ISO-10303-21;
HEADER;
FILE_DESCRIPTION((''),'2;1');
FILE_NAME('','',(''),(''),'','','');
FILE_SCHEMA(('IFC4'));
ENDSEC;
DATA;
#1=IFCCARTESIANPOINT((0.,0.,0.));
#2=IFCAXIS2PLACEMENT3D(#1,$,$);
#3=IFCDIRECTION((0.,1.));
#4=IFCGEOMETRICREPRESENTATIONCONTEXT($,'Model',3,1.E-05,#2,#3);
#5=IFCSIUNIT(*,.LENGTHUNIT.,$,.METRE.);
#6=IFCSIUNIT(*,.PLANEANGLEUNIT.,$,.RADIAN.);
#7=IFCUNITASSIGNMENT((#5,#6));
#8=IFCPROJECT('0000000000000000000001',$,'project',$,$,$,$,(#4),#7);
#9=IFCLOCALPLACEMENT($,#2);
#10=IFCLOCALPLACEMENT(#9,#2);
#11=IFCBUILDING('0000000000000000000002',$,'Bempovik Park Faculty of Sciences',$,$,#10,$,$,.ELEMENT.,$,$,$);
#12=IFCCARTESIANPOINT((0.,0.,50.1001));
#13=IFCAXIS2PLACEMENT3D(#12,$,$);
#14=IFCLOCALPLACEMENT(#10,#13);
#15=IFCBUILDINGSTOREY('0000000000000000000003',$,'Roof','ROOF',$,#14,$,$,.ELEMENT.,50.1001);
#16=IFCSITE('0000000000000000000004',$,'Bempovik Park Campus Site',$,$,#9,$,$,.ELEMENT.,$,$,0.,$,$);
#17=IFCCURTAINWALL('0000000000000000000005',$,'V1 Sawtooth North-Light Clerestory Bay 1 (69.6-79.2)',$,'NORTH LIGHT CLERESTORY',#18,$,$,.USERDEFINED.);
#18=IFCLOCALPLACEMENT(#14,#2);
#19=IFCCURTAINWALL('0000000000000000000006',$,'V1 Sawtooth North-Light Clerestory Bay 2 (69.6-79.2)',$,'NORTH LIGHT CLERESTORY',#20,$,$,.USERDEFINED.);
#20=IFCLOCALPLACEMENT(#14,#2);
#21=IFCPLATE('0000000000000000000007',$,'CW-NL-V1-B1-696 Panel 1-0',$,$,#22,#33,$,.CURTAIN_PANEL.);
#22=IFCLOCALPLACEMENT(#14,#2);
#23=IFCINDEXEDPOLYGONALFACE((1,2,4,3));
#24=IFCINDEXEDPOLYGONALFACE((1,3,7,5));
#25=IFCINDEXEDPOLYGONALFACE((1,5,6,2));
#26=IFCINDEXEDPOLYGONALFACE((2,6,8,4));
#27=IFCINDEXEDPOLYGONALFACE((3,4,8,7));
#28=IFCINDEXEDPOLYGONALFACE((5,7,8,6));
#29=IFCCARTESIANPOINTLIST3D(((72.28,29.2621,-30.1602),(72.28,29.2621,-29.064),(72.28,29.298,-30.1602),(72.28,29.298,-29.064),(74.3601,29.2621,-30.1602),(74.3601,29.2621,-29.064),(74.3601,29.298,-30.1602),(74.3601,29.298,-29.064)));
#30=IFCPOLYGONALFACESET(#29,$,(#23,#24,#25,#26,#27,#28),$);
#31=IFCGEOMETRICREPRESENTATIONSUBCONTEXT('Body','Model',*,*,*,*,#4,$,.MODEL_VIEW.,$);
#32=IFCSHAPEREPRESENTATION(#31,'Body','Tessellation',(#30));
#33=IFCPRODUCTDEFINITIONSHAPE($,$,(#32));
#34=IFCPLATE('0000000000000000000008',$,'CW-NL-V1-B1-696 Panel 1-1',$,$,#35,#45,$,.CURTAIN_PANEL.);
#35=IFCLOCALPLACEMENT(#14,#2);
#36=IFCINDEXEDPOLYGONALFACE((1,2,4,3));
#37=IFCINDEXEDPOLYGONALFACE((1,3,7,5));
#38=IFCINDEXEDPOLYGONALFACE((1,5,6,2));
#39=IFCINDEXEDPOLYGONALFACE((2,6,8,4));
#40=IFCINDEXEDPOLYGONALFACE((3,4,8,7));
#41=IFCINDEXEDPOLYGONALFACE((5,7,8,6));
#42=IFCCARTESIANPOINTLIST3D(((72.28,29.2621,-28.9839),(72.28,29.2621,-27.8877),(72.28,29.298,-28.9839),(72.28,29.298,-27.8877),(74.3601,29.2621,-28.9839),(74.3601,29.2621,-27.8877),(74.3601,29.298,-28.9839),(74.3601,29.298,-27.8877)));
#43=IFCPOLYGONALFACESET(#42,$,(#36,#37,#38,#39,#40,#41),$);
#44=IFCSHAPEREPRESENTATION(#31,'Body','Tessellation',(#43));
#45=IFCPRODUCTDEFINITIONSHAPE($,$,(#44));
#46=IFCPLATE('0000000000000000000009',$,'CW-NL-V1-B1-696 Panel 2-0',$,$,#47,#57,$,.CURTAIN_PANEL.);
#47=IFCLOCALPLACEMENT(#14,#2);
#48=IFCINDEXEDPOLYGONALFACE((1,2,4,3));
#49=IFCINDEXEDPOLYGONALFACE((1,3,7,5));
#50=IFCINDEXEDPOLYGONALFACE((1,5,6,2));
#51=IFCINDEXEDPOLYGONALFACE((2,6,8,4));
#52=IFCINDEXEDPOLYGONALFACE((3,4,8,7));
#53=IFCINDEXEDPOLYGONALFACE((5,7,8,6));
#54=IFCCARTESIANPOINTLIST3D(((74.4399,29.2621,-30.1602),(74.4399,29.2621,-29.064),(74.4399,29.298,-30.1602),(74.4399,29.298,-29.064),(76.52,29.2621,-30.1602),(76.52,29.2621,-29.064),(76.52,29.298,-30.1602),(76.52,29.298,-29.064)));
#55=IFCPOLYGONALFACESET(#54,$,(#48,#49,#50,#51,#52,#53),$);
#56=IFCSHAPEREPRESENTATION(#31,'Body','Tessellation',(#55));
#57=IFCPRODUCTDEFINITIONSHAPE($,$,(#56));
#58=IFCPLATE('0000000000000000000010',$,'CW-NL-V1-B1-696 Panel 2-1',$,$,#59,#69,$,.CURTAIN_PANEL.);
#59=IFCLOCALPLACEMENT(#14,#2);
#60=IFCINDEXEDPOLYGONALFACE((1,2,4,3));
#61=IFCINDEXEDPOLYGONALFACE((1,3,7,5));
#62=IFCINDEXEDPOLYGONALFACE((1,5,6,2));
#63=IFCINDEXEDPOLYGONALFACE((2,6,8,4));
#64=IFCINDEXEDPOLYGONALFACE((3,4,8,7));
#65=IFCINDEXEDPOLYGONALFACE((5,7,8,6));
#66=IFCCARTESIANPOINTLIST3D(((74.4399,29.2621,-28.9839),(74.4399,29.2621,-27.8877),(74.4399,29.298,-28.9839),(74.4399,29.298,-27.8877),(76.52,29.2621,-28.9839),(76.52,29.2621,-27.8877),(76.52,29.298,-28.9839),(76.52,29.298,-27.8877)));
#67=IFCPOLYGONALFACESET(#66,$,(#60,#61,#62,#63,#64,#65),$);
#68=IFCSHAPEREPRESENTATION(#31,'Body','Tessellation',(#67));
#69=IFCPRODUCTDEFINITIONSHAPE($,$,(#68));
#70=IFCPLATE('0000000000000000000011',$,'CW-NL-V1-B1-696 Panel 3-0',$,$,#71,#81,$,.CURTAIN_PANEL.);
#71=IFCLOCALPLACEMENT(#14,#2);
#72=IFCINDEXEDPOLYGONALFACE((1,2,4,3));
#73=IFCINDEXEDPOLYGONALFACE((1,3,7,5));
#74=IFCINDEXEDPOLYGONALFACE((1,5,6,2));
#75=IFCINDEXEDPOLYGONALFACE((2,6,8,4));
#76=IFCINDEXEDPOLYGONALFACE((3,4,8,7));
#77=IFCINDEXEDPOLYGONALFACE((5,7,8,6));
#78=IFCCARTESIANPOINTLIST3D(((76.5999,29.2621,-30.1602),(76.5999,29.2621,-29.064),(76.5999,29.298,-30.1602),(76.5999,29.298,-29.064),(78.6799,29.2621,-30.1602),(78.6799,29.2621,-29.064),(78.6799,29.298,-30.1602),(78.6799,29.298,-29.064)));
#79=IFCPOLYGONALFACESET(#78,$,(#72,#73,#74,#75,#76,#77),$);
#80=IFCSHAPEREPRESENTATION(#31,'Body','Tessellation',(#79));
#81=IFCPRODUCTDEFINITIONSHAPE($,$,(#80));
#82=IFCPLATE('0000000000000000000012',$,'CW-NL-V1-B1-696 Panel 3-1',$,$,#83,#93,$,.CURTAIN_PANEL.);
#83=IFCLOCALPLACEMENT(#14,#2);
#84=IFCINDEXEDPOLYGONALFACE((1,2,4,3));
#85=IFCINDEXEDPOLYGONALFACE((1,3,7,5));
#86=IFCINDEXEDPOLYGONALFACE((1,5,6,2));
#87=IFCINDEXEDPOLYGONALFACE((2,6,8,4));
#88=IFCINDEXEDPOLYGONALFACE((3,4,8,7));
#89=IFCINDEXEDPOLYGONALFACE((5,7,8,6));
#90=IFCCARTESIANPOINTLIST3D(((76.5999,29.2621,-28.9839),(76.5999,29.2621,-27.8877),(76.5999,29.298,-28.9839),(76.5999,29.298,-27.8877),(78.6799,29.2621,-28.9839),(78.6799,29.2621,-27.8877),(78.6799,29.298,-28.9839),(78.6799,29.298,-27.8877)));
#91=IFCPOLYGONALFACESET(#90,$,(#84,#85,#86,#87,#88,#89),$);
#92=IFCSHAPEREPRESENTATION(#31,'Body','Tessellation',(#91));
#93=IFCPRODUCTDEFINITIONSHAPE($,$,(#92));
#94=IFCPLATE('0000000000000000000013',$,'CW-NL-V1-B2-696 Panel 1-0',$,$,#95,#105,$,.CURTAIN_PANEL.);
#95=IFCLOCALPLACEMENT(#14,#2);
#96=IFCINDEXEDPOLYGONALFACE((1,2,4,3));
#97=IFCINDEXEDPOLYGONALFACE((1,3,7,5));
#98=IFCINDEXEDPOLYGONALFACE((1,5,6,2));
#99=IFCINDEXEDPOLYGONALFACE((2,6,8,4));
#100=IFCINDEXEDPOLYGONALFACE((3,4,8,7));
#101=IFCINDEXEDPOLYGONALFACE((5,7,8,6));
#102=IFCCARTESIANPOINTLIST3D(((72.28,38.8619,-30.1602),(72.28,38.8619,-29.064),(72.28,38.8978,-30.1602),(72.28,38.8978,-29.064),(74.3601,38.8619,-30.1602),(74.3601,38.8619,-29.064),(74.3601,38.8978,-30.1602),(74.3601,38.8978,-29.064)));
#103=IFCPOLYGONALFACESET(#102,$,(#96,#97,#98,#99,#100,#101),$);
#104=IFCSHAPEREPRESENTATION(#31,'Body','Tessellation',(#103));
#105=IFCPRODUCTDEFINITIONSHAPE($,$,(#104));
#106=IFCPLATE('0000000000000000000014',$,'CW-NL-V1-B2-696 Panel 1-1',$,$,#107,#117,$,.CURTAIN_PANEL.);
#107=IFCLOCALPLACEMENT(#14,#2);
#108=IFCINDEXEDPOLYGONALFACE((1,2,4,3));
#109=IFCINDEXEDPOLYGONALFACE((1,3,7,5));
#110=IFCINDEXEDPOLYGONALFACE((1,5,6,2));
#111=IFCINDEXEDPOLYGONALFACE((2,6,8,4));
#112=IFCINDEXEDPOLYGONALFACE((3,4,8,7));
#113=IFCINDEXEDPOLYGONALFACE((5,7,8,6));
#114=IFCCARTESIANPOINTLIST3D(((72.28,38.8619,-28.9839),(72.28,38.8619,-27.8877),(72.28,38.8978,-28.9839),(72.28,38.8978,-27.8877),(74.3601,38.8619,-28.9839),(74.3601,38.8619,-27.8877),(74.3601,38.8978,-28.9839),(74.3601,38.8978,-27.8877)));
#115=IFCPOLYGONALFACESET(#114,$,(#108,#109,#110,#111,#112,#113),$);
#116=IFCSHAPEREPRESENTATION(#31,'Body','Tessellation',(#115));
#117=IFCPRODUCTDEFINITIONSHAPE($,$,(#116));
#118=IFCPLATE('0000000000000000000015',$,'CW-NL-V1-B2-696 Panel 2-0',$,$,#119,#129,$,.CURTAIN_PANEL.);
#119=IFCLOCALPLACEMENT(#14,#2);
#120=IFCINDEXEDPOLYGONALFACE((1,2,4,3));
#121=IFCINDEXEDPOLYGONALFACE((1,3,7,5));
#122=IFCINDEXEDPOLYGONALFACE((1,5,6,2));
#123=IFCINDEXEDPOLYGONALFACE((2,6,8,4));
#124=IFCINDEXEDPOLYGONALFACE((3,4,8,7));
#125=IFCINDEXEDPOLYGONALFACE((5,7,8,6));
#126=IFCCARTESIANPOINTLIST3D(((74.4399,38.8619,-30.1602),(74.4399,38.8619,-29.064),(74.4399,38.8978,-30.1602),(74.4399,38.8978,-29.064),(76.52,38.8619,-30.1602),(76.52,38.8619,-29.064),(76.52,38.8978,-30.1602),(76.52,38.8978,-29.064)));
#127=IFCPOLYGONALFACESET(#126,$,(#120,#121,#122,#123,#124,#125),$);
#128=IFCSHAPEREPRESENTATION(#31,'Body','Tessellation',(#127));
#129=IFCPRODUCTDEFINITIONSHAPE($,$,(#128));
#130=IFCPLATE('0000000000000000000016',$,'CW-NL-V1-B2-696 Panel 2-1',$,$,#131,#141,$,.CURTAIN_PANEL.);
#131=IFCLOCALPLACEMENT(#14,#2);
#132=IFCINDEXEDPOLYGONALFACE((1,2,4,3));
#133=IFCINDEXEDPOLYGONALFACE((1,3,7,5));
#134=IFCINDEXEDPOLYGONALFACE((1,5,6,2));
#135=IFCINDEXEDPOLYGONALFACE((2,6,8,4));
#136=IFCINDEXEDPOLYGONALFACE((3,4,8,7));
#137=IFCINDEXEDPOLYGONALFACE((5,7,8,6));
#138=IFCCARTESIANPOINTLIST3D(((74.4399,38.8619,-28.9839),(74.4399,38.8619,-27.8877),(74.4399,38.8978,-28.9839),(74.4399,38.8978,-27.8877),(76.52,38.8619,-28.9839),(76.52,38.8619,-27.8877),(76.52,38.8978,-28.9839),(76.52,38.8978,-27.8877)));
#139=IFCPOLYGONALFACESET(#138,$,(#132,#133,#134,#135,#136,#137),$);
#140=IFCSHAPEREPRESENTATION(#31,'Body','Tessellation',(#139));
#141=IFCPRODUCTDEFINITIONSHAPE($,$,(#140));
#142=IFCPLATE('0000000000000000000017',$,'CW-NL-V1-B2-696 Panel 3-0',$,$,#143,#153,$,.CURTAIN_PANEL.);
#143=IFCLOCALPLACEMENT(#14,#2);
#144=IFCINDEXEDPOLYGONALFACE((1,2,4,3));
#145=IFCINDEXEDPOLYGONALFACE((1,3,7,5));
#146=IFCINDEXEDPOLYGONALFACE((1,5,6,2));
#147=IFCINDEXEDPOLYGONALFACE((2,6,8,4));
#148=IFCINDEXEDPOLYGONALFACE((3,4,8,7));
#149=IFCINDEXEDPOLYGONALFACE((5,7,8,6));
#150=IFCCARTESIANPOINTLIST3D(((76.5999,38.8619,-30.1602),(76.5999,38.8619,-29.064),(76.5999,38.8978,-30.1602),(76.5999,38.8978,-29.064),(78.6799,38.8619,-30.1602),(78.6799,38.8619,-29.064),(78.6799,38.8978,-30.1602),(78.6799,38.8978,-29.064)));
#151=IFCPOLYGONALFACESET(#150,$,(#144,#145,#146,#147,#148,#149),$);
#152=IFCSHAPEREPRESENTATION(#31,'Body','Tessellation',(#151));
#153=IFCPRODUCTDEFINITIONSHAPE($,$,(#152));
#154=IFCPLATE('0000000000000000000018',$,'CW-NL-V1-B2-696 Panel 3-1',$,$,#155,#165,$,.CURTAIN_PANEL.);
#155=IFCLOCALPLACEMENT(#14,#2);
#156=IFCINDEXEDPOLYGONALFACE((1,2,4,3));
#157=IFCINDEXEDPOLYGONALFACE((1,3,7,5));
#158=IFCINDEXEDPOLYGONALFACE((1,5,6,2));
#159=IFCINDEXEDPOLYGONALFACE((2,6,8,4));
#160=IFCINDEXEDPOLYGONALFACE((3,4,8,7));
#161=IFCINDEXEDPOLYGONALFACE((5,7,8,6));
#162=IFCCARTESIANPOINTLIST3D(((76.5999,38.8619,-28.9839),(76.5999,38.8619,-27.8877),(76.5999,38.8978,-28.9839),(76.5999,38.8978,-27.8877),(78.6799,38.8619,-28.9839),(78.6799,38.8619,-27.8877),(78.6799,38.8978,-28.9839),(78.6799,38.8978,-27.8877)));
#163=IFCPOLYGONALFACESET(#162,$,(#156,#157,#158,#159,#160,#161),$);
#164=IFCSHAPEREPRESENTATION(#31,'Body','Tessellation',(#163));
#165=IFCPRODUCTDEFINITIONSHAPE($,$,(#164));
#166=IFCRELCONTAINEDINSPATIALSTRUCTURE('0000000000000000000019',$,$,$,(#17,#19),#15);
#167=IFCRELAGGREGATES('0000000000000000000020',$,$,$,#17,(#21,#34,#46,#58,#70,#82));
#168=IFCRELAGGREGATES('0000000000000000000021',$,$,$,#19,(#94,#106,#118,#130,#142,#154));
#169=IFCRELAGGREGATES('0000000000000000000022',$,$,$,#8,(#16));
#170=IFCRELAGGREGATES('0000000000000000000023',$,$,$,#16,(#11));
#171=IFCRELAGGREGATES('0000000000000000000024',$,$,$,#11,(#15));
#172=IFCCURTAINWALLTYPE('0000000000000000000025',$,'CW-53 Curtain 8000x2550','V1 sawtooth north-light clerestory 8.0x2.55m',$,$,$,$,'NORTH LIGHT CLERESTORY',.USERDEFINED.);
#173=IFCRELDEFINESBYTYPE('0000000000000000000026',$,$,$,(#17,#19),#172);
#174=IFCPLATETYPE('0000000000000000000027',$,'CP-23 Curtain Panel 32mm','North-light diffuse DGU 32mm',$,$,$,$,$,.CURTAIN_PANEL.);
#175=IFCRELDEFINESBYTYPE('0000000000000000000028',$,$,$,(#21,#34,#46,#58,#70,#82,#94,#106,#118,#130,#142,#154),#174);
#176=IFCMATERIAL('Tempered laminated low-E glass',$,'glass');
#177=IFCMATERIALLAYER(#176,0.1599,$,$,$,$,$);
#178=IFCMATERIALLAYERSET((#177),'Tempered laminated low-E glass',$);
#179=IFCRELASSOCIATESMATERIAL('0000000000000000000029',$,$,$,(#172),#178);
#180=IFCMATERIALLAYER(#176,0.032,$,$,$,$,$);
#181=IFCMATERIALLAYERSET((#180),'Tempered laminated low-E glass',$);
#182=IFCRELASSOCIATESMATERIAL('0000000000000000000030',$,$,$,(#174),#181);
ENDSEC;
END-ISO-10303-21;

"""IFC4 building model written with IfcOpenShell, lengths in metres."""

from ifc_helpers import new_model, si_unit, direction, frame, origin, origin_2d, place, context, subcontext, project, spatial, rectangle, extrude, material, layer, layer_set, type_object, element, aggregate, save


model = new_model("IFC4")

# Units and contexts
model_context = context("Model", 3, precision=1e-05, world=origin(), true_north=direction((0.0, 1.0)))
body_context = subcontext(model_context, "Body", "Model", "MODEL_VIEW")
ifc_project = project(units=[si_unit("LENGTHUNIT", "METRE"), si_unit("PLANEANGLEUNIT", "RADIAN")], contexts=[model_context])

# Site, building, storey
site_placement = place(None, origin())
site = spatial("IfcSite", under=ifc_project, at=site_placement, Name="Bempovik Park Campus Site", CompositionType="ELEMENT", RefElevation=0.0)
building_placement = place(site_placement, origin())
building = spatial("IfcBuilding", under=site, at=building_placement, Name="Bempovik Park Faculty of Sciences", CompositionType="ELEMENT")
storey_placement = place(building_placement, frame((0.0, 0.0, 50.1001)))
storey = spatial("IfcBuildingStorey", under=building, at=storey_placement, Name="Roof", Description="ROOF", CompositionType="ELEMENT", Elevation=50.1001)

# Curtain wall
ifc_material_1 = material(Name="Tempered laminated low-E glass", Category="glass")
ifc_layer_1 = layer(ifc_material_1, 0.1599)
ifc_layer_set_1 = layer_set([ifc_layer_1], Name="Tempered laminated low-E glass")
curtain_wall_type = type_object("IfcCurtainWallType", Name="CW-53 Curtain 8000x2550", Description="V1 sawtooth north-light clerestory 8.0x2.55m", ElementType="NORTH LIGHT CLERESTORY", PredefinedType="USERDEFINED", material=ifc_layer_set_1)
curtain_wall_1_placement = place(storey_placement, origin())
curtain_wall_1 = element("IfcCurtainWall", 1, at=curtain_wall_1_placement, inside=storey, type_object=curtain_wall_type, Name="V1 Sawtooth North-Light Clerestory Bay 1 (69.6-79.2)", ObjectType="NORTH LIGHT CLERESTORY", PredefinedType="USERDEFINED")

# Curtain wall
curtain_wall_2_placement = place(storey_placement, origin())
curtain_wall_2 = element("IfcCurtainWall", 2, at=curtain_wall_2_placement, inside=storey, type_object=curtain_wall_type, Name="V1 Sawtooth North-Light Clerestory Bay 2 (69.6-79.2)", ObjectType="NORTH LIGHT CLERESTORY", PredefinedType="USERDEFINED")

# Plates
ifc_layer_2 = layer(ifc_material_1, 0.032)
ifc_layer_set_2 = layer_set([ifc_layer_2], Name="Tempered laminated low-E glass")
plate_type = type_object("IfcPlateType", Name="CP-23 Curtain Panel 32mm", Description="North-light diffuse DGU 32mm", PredefinedType="CURTAIN_PANEL", material=ifc_layer_set_2)
plate_1_placement = place(storey_placement, frame((73.3201, 29.28, -30.1602), z_axis=(0.0, 0.0, 1.0), x_axis=(1.0, 0.0, 0.0)))
plate_1 = element("IfcPlate", 3, at=plate_1_placement, type_object=plate_type, Name="CW-NL-V1-B1-696 Panel 1-0", PredefinedType="CURTAIN_PANEL", context=body_context, shape_type="SweptSolid", body=[
    extrude(rectangle(XDim=2.0801, YDim=0.0359, at=origin_2d()), origin(), (0.0, 0.0, 1.0), 1.0962),
])
plate_2_placement = place(storey_placement, frame((73.3201, 29.28, -28.9839), z_axis=(0.0, 0.0, 1.0), x_axis=(1.0, 0.0, 0.0)))
plate_2 = element("IfcPlate", 4, at=plate_2_placement, type_object=plate_type, Name="CW-NL-V1-B1-696 Panel 1-1", PredefinedType="CURTAIN_PANEL", context=body_context, shape_type="SweptSolid", body=[
    extrude(rectangle(XDim=2.0801, YDim=0.0359, at=origin_2d()), origin(), (0.0, 0.0, 1.0), 1.0962),
])
plate_3_placement = place(storey_placement, frame((75.48, 29.28, -30.1602), z_axis=(0.0, 0.0, 1.0), x_axis=(1.0, 0.0, 0.0)))
plate_3 = element("IfcPlate", 5, at=plate_3_placement, type_object=plate_type, Name="CW-NL-V1-B1-696 Panel 2-0", PredefinedType="CURTAIN_PANEL", context=body_context, shape_type="SweptSolid", body=[
    extrude(rectangle(XDim=2.0801, YDim=0.0359, at=origin_2d()), origin(), (0.0, 0.0, 1.0), 1.0962),
])
plate_4_placement = place(storey_placement, frame((75.48, 29.28, -28.9839), z_axis=(0.0, 0.0, 1.0), x_axis=(1.0, 0.0, 0.0)))
plate_4 = element("IfcPlate", 6, at=plate_4_placement, type_object=plate_type, Name="CW-NL-V1-B1-696 Panel 2-1", PredefinedType="CURTAIN_PANEL", context=body_context, shape_type="SweptSolid", body=[
    extrude(rectangle(XDim=2.0801, YDim=0.0359, at=origin_2d()), origin(), (0.0, 0.0, 1.0), 1.0962),
])
plate_5_placement = place(storey_placement, frame((77.6399, 29.28, -30.1602), z_axis=(0.0, 0.0, 1.0), x_axis=(1.0, 0.0, 0.0)))
plate_5 = element("IfcPlate", 7, at=plate_5_placement, type_object=plate_type, Name="CW-NL-V1-B1-696 Panel 3-0", PredefinedType="CURTAIN_PANEL", context=body_context, shape_type="SweptSolid", body=[
    extrude(rectangle(XDim=2.0801, YDim=0.0359, at=origin_2d()), origin(), (0.0, 0.0, 1.0), 1.0962),
])
plate_6_placement = place(storey_placement, frame((77.6399, 29.28, -28.9839), z_axis=(0.0, 0.0, 1.0), x_axis=(1.0, 0.0, 0.0)))
plate_6 = element("IfcPlate", 8, at=plate_6_placement, type_object=plate_type, Name="CW-NL-V1-B1-696 Panel 3-1", PredefinedType="CURTAIN_PANEL", context=body_context, shape_type="SweptSolid", body=[
    extrude(rectangle(XDim=2.0801, YDim=0.0359, at=origin_2d()), origin(), (0.0, 0.0, 1.0), 1.0962),
])
aggregate(curtain_wall_1, [plate_1, plate_2, plate_3, plate_4, plate_5, plate_6])
plate_7_placement = place(storey_placement, frame((73.3201, 38.8799, -30.1602), z_axis=(0.0, 0.0, 1.0), x_axis=(1.0, 0.0, 0.0)))
plate_7 = element("IfcPlate", 9, at=plate_7_placement, type_object=plate_type, Name="CW-NL-V1-B2-696 Panel 1-0", PredefinedType="CURTAIN_PANEL", context=body_context, shape_type="SweptSolid", body=[
    extrude(rectangle(XDim=2.0801, YDim=0.0359, at=origin_2d()), origin(), (0.0, 0.0, 1.0), 1.0962),
])
plate_8_placement = place(storey_placement, frame((73.3201, 38.8799, -28.9839), z_axis=(0.0, 0.0, 1.0), x_axis=(1.0, 0.0, 0.0)))
plate_8 = element("IfcPlate", 10, at=plate_8_placement, type_object=plate_type, Name="CW-NL-V1-B2-696 Panel 1-1", PredefinedType="CURTAIN_PANEL", context=body_context, shape_type="SweptSolid", body=[
    extrude(rectangle(XDim=2.0801, YDim=0.0359, at=origin_2d()), origin(), (0.0, 0.0, 1.0), 1.0962),
])
plate_9_placement = place(storey_placement, frame((75.48, 38.8799, -30.1602), z_axis=(0.0, 0.0, 1.0), x_axis=(1.0, 0.0, 0.0)))
plate_9 = element("IfcPlate", 11, at=plate_9_placement, type_object=plate_type, Name="CW-NL-V1-B2-696 Panel 2-0", PredefinedType="CURTAIN_PANEL", context=body_context, shape_type="SweptSolid", body=[
    extrude(rectangle(XDim=2.0801, YDim=0.0359, at=origin_2d()), origin(), (0.0, 0.0, 1.0), 1.0962),
])
plate_10_placement = place(storey_placement, frame((75.48, 38.8799, -28.9839), z_axis=(0.0, 0.0, 1.0), x_axis=(1.0, 0.0, 0.0)))
plate_10 = element("IfcPlate", 12, at=plate_10_placement, type_object=plate_type, Name="CW-NL-V1-B2-696 Panel 2-1", PredefinedType="CURTAIN_PANEL", context=body_context, shape_type="SweptSolid", body=[
    extrude(rectangle(XDim=2.0801, YDim=0.0359, at=origin_2d()), origin(), (0.0, 0.0, 1.0), 1.0962),
])
plate_11_placement = place(storey_placement, frame((77.6399, 38.8799, -30.1602), z_axis=(0.0, 0.0, 1.0), x_axis=(1.0, 0.0, 0.0)))
plate_11 = element("IfcPlate", 13, at=plate_11_placement, type_object=plate_type, Name="CW-NL-V1-B2-696 Panel 3-0", PredefinedType="CURTAIN_PANEL", context=body_context, shape_type="SweptSolid", body=[
    extrude(rectangle(XDim=2.0801, YDim=0.0359, at=origin_2d()), origin(), (0.0, 0.0, 1.0), 1.0962),
])
plate_12_placement = place(storey_placement, frame((77.6399, 38.8799, -28.9839), z_axis=(0.0, 0.0, 1.0), x_axis=(1.0, 0.0, 0.0)))
plate_12 = element("IfcPlate", 14, at=plate_12_placement, type_object=plate_type, Name="CW-NL-V1-B2-696 Panel 3-1", PredefinedType="CURTAIN_PANEL", context=body_context, shape_type="SweptSolid", body=[
    extrude(rectangle(XDim=2.0801, YDim=0.0359, at=origin_2d()), origin(), (0.0, 0.0, 1.0), 1.0962),
])
aggregate(curtain_wall_2, [plate_7, plate_8, plate_9, plate_10, plate_11, plate_12])

save(model, "model.ifc")
